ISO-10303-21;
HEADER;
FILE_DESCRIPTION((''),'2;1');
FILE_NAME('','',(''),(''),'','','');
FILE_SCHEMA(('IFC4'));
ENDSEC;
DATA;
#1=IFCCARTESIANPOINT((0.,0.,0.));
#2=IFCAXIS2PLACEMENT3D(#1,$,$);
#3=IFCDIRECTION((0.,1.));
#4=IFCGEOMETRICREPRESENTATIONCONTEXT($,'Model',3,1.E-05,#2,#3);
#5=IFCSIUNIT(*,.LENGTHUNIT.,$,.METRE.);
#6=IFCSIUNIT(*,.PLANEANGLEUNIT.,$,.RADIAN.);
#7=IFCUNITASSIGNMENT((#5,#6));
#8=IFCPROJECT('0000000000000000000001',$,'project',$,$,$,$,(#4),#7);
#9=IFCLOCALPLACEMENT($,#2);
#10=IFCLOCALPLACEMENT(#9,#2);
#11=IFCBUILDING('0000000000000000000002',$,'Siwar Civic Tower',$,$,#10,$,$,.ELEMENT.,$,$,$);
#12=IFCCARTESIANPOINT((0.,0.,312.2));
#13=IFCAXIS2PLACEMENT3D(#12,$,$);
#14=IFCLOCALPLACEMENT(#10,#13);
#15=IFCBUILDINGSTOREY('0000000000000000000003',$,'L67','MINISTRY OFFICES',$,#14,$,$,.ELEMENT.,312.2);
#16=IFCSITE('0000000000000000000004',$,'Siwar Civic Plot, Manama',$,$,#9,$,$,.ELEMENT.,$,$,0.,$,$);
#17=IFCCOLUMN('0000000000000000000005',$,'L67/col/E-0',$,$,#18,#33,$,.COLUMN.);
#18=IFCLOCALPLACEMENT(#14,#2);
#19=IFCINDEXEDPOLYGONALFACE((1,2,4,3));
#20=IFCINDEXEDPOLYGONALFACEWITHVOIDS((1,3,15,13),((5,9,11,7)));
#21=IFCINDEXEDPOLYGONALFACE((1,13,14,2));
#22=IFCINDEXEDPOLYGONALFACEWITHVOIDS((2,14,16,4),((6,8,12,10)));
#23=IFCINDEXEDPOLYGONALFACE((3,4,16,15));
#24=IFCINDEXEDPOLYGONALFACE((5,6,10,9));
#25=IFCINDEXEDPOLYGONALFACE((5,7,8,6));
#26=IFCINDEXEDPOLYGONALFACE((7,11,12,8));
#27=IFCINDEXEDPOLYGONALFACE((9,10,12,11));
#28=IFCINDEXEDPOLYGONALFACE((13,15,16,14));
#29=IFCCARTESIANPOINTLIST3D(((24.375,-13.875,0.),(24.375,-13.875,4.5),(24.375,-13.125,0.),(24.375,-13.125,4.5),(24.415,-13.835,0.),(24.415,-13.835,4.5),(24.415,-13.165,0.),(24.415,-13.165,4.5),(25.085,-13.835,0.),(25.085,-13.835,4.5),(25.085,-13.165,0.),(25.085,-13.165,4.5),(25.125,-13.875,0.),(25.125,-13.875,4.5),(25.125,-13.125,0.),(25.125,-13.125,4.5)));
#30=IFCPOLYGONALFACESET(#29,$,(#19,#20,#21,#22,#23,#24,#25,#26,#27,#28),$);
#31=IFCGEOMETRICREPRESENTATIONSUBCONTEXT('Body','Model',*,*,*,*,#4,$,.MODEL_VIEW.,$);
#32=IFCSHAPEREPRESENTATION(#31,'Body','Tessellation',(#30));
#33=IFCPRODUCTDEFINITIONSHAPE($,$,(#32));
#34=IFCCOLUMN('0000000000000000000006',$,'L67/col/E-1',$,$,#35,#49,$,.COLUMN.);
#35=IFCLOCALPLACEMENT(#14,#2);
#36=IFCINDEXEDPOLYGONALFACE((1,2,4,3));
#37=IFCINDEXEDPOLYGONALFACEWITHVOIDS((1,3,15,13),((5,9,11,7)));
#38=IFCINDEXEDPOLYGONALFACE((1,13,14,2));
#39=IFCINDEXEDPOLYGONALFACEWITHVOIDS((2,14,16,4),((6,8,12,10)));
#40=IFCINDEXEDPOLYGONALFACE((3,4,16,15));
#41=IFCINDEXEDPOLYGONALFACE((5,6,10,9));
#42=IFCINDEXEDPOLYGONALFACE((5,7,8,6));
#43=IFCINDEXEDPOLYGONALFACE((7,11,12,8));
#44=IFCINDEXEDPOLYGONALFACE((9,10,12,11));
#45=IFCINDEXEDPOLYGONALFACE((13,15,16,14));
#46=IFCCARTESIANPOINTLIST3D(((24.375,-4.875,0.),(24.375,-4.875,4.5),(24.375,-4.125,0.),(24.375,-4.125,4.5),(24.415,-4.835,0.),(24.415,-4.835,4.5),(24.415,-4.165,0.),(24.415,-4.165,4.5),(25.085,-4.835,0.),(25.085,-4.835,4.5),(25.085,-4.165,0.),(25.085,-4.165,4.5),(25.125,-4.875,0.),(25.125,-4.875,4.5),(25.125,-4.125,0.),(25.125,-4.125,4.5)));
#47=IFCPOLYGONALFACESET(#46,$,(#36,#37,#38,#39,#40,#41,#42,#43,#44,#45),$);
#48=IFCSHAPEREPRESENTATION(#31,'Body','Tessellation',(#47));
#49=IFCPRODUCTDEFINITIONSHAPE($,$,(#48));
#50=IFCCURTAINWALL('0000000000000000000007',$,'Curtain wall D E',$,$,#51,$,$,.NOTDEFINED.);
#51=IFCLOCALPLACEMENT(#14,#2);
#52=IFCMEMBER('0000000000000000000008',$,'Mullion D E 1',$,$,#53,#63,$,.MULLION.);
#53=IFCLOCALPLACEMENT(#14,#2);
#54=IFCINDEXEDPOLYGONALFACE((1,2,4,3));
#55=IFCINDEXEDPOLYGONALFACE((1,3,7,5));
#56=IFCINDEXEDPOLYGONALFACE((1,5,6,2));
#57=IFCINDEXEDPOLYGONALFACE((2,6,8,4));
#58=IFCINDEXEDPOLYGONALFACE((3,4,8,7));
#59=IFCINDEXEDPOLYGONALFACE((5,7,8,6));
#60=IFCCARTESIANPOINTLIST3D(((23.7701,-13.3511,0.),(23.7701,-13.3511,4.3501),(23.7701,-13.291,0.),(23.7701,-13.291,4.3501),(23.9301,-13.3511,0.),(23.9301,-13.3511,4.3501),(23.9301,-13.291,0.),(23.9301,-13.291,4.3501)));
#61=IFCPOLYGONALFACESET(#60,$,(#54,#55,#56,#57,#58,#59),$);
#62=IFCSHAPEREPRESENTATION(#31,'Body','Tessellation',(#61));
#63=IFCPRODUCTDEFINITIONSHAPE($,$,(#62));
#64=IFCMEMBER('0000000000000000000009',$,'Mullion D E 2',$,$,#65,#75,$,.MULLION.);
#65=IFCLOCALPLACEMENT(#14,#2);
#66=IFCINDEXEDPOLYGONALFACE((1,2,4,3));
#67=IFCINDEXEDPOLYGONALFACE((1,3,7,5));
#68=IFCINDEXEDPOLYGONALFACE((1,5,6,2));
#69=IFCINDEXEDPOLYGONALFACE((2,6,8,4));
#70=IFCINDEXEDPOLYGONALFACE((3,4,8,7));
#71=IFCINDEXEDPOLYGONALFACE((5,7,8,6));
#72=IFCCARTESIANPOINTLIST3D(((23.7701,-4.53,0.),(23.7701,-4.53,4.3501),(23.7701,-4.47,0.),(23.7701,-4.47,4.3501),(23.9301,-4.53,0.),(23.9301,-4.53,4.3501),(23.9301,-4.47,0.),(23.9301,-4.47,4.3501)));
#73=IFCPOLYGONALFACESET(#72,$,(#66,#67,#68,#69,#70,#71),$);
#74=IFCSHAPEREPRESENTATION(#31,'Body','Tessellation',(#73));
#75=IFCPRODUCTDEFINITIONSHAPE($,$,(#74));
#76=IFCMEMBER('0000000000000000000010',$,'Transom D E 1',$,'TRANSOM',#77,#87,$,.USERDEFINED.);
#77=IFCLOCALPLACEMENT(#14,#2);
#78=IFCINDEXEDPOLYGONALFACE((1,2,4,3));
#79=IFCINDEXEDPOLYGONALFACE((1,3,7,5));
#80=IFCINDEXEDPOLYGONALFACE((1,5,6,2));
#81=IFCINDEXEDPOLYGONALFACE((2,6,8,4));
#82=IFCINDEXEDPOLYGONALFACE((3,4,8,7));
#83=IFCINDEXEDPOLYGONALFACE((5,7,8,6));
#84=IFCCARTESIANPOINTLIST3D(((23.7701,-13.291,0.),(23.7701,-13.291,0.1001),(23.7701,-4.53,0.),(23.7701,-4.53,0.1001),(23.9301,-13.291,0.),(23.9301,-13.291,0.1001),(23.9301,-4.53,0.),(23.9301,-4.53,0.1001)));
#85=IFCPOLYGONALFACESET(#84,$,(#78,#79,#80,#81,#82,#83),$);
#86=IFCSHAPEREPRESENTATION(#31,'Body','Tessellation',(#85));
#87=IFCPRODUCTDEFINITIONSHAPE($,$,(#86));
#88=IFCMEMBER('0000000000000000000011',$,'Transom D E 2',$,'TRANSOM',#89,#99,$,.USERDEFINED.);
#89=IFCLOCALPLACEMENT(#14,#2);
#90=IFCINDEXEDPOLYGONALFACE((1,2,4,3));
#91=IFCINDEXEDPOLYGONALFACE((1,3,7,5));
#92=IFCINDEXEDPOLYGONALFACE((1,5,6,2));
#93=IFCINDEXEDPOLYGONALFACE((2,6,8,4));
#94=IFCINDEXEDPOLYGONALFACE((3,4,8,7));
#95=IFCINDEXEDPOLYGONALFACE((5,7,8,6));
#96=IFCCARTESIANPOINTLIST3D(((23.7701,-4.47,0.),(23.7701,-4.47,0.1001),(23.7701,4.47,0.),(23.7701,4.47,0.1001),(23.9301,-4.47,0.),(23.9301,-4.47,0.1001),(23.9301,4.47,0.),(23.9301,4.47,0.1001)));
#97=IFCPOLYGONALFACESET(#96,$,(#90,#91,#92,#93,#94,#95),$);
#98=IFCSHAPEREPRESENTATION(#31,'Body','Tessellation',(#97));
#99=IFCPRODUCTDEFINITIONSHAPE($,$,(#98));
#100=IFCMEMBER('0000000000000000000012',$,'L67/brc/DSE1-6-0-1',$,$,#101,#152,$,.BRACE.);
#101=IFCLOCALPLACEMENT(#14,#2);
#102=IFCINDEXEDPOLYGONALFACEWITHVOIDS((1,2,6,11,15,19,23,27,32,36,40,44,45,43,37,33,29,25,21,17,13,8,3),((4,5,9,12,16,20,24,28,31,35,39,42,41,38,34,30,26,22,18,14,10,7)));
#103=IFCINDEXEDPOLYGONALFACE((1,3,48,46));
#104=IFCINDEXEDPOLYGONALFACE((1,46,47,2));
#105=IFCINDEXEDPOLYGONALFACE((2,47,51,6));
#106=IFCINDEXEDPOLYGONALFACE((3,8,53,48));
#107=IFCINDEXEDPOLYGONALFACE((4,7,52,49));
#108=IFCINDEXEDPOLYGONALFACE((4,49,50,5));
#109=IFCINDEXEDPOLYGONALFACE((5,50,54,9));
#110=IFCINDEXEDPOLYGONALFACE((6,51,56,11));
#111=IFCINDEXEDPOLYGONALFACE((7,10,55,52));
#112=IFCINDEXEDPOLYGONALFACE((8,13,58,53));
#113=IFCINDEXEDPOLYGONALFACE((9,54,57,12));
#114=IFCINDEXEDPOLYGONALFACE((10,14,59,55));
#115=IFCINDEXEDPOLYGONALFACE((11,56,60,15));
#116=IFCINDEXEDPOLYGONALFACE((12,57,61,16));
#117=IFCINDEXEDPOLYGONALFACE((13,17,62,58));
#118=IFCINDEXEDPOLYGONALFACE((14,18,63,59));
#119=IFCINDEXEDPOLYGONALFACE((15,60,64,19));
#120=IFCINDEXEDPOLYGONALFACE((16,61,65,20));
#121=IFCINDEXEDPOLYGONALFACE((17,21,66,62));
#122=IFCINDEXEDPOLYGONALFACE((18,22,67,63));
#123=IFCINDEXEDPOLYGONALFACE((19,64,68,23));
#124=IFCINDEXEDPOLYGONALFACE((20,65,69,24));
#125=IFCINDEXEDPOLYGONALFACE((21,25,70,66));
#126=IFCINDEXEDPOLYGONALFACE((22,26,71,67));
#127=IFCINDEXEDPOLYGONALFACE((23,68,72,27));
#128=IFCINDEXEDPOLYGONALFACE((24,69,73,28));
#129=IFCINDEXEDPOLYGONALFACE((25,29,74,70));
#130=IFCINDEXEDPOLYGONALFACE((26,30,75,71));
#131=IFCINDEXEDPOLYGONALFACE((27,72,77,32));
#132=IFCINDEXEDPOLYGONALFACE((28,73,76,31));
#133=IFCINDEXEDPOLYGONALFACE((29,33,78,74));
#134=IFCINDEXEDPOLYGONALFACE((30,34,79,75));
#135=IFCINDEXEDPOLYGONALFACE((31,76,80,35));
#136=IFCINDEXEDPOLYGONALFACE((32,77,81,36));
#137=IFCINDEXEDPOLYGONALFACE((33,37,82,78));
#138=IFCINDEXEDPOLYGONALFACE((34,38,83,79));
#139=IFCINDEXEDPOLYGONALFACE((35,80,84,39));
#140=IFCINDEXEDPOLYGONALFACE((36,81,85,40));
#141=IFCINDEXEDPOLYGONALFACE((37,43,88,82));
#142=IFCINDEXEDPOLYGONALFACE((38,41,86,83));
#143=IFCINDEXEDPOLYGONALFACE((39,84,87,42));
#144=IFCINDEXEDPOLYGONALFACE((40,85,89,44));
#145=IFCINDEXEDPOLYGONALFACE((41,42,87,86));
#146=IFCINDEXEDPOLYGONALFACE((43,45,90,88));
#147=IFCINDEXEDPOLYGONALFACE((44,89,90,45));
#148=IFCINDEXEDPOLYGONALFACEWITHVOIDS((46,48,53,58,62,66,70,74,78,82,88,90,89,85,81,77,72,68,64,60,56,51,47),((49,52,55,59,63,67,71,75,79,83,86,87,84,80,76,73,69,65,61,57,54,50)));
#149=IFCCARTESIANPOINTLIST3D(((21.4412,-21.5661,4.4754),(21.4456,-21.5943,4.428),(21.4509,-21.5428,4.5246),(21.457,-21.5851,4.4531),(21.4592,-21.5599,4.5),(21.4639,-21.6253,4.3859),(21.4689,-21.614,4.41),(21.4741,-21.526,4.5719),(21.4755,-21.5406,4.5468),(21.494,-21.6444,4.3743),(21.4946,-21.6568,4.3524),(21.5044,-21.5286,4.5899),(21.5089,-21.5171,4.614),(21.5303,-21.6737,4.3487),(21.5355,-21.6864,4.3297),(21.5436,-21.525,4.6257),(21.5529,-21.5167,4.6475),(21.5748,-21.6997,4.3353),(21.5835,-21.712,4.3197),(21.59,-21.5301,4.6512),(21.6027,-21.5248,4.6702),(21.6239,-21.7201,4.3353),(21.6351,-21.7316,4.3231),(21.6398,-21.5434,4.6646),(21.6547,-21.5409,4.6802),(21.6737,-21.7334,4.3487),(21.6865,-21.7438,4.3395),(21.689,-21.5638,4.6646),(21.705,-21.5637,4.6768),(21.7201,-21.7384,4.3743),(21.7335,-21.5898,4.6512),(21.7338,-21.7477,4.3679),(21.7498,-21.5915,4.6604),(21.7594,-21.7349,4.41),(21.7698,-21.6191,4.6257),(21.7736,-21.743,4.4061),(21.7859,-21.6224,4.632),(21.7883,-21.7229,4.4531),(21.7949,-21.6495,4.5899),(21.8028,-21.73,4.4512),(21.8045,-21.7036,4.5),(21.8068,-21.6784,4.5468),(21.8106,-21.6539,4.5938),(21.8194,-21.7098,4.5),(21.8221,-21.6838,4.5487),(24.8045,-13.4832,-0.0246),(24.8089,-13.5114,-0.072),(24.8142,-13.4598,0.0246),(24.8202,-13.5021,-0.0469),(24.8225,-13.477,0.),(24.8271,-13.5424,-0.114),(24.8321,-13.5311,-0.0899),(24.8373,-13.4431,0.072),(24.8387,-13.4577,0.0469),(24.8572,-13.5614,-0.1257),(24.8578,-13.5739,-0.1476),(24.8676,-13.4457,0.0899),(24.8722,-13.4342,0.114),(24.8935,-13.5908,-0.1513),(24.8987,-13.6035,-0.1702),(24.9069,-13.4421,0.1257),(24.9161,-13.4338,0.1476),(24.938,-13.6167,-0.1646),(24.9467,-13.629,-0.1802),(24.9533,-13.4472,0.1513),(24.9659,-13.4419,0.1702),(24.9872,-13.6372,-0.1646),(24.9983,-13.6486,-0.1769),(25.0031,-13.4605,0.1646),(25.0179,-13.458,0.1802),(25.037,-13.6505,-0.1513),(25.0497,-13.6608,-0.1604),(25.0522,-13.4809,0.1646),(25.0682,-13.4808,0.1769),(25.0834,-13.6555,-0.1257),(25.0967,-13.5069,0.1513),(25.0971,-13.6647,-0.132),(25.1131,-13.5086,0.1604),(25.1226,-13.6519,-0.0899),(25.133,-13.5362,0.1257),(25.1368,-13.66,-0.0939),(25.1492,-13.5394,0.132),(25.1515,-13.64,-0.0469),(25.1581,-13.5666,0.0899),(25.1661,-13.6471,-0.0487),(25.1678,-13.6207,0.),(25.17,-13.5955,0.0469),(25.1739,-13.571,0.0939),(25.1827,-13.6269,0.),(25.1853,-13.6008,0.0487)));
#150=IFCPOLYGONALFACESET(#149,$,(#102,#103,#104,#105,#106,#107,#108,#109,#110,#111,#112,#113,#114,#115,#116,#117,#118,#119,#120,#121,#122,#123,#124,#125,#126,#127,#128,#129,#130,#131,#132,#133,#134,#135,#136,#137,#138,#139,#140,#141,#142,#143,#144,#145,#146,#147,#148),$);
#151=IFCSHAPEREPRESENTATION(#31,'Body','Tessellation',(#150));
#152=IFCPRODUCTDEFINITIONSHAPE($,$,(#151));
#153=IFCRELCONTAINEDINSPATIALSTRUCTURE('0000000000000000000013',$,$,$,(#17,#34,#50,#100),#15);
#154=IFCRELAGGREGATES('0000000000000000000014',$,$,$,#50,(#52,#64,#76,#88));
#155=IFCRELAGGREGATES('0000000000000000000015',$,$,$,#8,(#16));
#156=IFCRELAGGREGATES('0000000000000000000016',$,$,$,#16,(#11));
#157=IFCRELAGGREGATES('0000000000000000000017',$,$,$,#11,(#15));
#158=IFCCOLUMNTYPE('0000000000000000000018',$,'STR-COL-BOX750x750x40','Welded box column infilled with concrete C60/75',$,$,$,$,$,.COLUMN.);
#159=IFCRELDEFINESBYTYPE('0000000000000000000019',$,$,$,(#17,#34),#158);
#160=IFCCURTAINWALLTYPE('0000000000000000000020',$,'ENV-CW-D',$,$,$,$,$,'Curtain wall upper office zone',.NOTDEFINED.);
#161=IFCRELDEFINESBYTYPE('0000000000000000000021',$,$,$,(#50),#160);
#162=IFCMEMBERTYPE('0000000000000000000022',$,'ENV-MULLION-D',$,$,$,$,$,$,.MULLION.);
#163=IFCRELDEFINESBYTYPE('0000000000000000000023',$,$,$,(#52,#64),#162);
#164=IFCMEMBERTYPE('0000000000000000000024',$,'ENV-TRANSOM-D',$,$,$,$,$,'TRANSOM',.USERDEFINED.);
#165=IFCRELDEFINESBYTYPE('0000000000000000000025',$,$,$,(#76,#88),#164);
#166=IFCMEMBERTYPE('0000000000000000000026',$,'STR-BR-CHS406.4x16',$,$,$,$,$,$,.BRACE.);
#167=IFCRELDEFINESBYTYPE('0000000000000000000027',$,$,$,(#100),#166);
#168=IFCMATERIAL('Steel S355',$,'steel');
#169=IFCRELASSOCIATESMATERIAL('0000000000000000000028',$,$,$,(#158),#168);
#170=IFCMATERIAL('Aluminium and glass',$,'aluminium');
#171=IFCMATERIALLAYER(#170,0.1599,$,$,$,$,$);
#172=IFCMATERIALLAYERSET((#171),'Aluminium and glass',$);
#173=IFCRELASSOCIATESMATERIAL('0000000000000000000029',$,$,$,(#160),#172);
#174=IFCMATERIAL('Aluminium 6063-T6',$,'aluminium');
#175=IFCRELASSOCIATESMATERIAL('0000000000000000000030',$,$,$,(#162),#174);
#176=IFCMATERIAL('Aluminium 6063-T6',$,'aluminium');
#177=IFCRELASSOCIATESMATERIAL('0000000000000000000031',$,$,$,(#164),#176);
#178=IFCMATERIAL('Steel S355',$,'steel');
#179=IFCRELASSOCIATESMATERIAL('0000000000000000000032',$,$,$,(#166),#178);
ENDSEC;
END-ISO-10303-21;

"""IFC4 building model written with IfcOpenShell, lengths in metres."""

from ifc_helpers import new_model, si_unit, direction, frame, origin, origin_2d, place, context, subcontext, project, spatial, rectangle, hollow_rectangle, hollow_circle, extrude, material, layer, layer_set, material_profile, profile_set, type_object, element, aggregate, save


model = new_model("IFC4")

# Units and contexts
model_context = context("Model", 3, precision=1e-05, world=origin(), true_north=direction((0.0, 1.0)))
body_context = subcontext(model_context, "Body", "Model", "MODEL_VIEW")
ifc_project = project(units=[si_unit("LENGTHUNIT", "METRE"), si_unit("PLANEANGLEUNIT", "RADIAN")], contexts=[model_context])

# Site, building, storey
site_placement = place(None, origin())
site = spatial("IfcSite", under=ifc_project, at=site_placement, Name="Siwar Civic Plot, Manama", CompositionType="ELEMENT", RefElevation=0.0)
building_placement = place(site_placement, origin())
building = spatial("IfcBuilding", under=site, at=building_placement, Name="Siwar Civic Tower", CompositionType="ELEMENT")
storey_placement = place(building_placement, frame((0.0, 0.0, 312.2)))
storey = spatial("IfcBuildingStorey", under=building, at=storey_placement, Name="L67", Description="MINISTRY OFFICES", CompositionType="ELEMENT", Elevation=312.2)

# Columns
ifc_material_1 = material(Name="Steel S355", Category="steel")
ifc_material_profile_1 = material_profile(ifc_material_1, hollow_rectangle(XDim=0.75, YDim=0.75, WallThickness=0.04, at=origin_2d()), Name="BOX750x750x40")
ifc_profile_set_1 = profile_set([ifc_material_profile_1], Name="Steel S355")
column_type = type_object("IfcColumnType", Name="STR-COL-BOX750x750x40", Description="Welded box column infilled with concrete C60/75", PredefinedType="COLUMN", material=ifc_profile_set_1)
for number, where, z_axis, x_axis, name in (
    (1, (24.75, -13.5, 0.0), (0.0, 0.0, 1.0), (1.0, 0.0, 0.0), "L67/col/E-0"),
    (2, (24.75, -4.5, 0.0), (0.0, 0.0, 1.0), (1.0, 0.0, 0.0), "L67/col/E-1"),
):
    element("IfcColumn", number, at=place(storey_placement, frame(where, z_axis=z_axis, x_axis=x_axis)), inside=storey, type_object=column_type, Name=name, PredefinedType="COLUMN", context=body_context, shape_type="SweptSolid", body=[
        extrude(hollow_rectangle(XDim=0.75, YDim=0.75, WallThickness=0.04, at=origin_2d()), origin(), (0.0, 0.0, 1.0), 4.5),
    ])

# Curtain wall, members
ifc_material_2 = material(Name="Aluminium and glass", Category="aluminium")
ifc_layer_1 = layer(ifc_material_2, 0.1599)
ifc_layer_set_1 = layer_set([ifc_layer_1], Name="Aluminium and glass")
curtain_wall_type = type_object("IfcCurtainWallType", Name="ENV-CW-D", ElementType="Curtain wall upper office zone", PredefinedType="NOTDEFINED", material=ifc_layer_set_1)
curtain_wall_placement = place(storey_placement, origin())
curtain_wall = element("IfcCurtainWall", 3, at=curtain_wall_placement, inside=storey, type_object=curtain_wall_type, Name="Curtain wall D E", PredefinedType="NOTDEFINED")
ifc_material_3 = material(Name="Aluminium 6063-T6", Category="aluminium")
ifc_material_profile_2 = material_profile(ifc_material_3, rectangle(XDim=0.1599, YDim=0.0601, at=origin_2d()), Name="AL 160x60")
ifc_profile_set_2 = profile_set([ifc_material_profile_2], Name="Aluminium 6063-T6")
member_type_1 = type_object("IfcMemberType", Name="ENV-MULLION-D", PredefinedType="MULLION", material=ifc_profile_set_2)
member_1_placement = place(storey_placement, frame((23.8501, -13.321, 0.0), z_axis=(0.0, 0.0, 1.0), x_axis=(-1.0, 0.0, 0.0)))
member_1 = element("IfcMember", 4, at=member_1_placement, type_object=member_type_1, Name="Mullion D E 1", PredefinedType="MULLION", context=body_context, shape_type="SweptSolid", body=[
    extrude(rectangle(XDim=0.1599, YDim=0.0601, at=origin_2d()), origin(), (0.0, 0.0, 1.0), 4.3501),
])
member_2_placement = place(storey_placement, frame((23.8501, -4.5, 0.0), z_axis=(0.0, 0.0, 1.0), x_axis=(-1.0, 0.0, 0.0)))
member_2 = element("IfcMember", 5, at=member_2_placement, type_object=member_type_1, Name="Mullion D E 2", PredefinedType="MULLION", context=body_context, shape_type="SweptSolid", body=[
    extrude(rectangle(XDim=0.1599, YDim=0.0601, at=origin_2d()), origin(), (0.0, 0.0, 1.0), 4.3501),
])
ifc_material_4 = material(Name="Aluminium 6063-T6", Category="aluminium")
ifc_material_profile_3 = material_profile(ifc_material_4, rectangle(XDim=0.1599, YDim=0.1001, at=origin_2d()), Name="AL 160x100")
ifc_profile_set_3 = profile_set([ifc_material_profile_3], Name="Aluminium 6063-T6")
member_type_2 = type_object("IfcMemberType", Name="ENV-TRANSOM-D", ElementType="TRANSOM", PredefinedType="USERDEFINED", material=ifc_profile_set_3)
member_3_placement = place(storey_placement, frame((23.8501, -13.291, 0.05), z_axis=(0.0, 1.0, 0.0), x_axis=(-1.0, 0.0, 0.0)))
member_3 = element("IfcMember", 6, at=member_3_placement, type_object=member_type_2, Name="Transom D E 1", ObjectType="TRANSOM", PredefinedType="USERDEFINED", context=body_context, shape_type="SweptSolid", body=[
    extrude(rectangle(XDim=0.1599, YDim=0.1001, at=origin_2d()), origin(), (0.0, 0.0, 1.0), 8.761),
])
member_4_placement = place(storey_placement, frame((23.8501, -4.47, 0.05), z_axis=(0.0, 1.0, 0.0), x_axis=(-1.0, 0.0, 0.0)))
member_4 = element("IfcMember", 7, at=member_4_placement, type_object=member_type_2, Name="Transom D E 2", ObjectType="TRANSOM", PredefinedType="USERDEFINED", context=body_context, shape_type="SweptSolid", body=[
    extrude(rectangle(XDim=0.1599, YDim=0.1001, at=origin_2d()), origin(), (0.0, 0.0, 1.0), 8.9399),
])

# Member
ifc_material_5 = material(Name="Steel S355", Category="steel")
ifc_material_profile_4 = material_profile(ifc_material_5, hollow_circle(Radius=0.2031, WallThickness=0.0161, at=origin_2d()), Name="CHS406.4x16")
ifc_profile_set_4 = profile_set([ifc_material_profile_4], Name="Steel S355")
member_type_3 = type_object("IfcMemberType", Name="STR-BR-CHS406.4x16", PredefinedType="BRACE", material=ifc_profile_set_4)
member_5_placement = place(storey_placement, frame((24.9951, -13.5488, 0.0), z_axis=(-0.341671, -0.821143, 0.457149), x_axis=(0.923265, -0.384164, 0.0)))
element("IfcMember", 8, at=member_5_placement, inside=storey, type_object=member_type_3, Name="L67/brc/DSE1-6-0-1", PredefinedType="BRACE", context=body_context, shape_type="SweptSolid", body=[
    extrude(hollow_circle(Radius=0.2031, WallThickness=0.0161, at=origin_2d()), origin(), (0.0, 0.0, 1.0), 9.8435),
])

aggregate(curtain_wall, [member_1, member_2, member_3, member_4])

save(model, "model.ifc")
